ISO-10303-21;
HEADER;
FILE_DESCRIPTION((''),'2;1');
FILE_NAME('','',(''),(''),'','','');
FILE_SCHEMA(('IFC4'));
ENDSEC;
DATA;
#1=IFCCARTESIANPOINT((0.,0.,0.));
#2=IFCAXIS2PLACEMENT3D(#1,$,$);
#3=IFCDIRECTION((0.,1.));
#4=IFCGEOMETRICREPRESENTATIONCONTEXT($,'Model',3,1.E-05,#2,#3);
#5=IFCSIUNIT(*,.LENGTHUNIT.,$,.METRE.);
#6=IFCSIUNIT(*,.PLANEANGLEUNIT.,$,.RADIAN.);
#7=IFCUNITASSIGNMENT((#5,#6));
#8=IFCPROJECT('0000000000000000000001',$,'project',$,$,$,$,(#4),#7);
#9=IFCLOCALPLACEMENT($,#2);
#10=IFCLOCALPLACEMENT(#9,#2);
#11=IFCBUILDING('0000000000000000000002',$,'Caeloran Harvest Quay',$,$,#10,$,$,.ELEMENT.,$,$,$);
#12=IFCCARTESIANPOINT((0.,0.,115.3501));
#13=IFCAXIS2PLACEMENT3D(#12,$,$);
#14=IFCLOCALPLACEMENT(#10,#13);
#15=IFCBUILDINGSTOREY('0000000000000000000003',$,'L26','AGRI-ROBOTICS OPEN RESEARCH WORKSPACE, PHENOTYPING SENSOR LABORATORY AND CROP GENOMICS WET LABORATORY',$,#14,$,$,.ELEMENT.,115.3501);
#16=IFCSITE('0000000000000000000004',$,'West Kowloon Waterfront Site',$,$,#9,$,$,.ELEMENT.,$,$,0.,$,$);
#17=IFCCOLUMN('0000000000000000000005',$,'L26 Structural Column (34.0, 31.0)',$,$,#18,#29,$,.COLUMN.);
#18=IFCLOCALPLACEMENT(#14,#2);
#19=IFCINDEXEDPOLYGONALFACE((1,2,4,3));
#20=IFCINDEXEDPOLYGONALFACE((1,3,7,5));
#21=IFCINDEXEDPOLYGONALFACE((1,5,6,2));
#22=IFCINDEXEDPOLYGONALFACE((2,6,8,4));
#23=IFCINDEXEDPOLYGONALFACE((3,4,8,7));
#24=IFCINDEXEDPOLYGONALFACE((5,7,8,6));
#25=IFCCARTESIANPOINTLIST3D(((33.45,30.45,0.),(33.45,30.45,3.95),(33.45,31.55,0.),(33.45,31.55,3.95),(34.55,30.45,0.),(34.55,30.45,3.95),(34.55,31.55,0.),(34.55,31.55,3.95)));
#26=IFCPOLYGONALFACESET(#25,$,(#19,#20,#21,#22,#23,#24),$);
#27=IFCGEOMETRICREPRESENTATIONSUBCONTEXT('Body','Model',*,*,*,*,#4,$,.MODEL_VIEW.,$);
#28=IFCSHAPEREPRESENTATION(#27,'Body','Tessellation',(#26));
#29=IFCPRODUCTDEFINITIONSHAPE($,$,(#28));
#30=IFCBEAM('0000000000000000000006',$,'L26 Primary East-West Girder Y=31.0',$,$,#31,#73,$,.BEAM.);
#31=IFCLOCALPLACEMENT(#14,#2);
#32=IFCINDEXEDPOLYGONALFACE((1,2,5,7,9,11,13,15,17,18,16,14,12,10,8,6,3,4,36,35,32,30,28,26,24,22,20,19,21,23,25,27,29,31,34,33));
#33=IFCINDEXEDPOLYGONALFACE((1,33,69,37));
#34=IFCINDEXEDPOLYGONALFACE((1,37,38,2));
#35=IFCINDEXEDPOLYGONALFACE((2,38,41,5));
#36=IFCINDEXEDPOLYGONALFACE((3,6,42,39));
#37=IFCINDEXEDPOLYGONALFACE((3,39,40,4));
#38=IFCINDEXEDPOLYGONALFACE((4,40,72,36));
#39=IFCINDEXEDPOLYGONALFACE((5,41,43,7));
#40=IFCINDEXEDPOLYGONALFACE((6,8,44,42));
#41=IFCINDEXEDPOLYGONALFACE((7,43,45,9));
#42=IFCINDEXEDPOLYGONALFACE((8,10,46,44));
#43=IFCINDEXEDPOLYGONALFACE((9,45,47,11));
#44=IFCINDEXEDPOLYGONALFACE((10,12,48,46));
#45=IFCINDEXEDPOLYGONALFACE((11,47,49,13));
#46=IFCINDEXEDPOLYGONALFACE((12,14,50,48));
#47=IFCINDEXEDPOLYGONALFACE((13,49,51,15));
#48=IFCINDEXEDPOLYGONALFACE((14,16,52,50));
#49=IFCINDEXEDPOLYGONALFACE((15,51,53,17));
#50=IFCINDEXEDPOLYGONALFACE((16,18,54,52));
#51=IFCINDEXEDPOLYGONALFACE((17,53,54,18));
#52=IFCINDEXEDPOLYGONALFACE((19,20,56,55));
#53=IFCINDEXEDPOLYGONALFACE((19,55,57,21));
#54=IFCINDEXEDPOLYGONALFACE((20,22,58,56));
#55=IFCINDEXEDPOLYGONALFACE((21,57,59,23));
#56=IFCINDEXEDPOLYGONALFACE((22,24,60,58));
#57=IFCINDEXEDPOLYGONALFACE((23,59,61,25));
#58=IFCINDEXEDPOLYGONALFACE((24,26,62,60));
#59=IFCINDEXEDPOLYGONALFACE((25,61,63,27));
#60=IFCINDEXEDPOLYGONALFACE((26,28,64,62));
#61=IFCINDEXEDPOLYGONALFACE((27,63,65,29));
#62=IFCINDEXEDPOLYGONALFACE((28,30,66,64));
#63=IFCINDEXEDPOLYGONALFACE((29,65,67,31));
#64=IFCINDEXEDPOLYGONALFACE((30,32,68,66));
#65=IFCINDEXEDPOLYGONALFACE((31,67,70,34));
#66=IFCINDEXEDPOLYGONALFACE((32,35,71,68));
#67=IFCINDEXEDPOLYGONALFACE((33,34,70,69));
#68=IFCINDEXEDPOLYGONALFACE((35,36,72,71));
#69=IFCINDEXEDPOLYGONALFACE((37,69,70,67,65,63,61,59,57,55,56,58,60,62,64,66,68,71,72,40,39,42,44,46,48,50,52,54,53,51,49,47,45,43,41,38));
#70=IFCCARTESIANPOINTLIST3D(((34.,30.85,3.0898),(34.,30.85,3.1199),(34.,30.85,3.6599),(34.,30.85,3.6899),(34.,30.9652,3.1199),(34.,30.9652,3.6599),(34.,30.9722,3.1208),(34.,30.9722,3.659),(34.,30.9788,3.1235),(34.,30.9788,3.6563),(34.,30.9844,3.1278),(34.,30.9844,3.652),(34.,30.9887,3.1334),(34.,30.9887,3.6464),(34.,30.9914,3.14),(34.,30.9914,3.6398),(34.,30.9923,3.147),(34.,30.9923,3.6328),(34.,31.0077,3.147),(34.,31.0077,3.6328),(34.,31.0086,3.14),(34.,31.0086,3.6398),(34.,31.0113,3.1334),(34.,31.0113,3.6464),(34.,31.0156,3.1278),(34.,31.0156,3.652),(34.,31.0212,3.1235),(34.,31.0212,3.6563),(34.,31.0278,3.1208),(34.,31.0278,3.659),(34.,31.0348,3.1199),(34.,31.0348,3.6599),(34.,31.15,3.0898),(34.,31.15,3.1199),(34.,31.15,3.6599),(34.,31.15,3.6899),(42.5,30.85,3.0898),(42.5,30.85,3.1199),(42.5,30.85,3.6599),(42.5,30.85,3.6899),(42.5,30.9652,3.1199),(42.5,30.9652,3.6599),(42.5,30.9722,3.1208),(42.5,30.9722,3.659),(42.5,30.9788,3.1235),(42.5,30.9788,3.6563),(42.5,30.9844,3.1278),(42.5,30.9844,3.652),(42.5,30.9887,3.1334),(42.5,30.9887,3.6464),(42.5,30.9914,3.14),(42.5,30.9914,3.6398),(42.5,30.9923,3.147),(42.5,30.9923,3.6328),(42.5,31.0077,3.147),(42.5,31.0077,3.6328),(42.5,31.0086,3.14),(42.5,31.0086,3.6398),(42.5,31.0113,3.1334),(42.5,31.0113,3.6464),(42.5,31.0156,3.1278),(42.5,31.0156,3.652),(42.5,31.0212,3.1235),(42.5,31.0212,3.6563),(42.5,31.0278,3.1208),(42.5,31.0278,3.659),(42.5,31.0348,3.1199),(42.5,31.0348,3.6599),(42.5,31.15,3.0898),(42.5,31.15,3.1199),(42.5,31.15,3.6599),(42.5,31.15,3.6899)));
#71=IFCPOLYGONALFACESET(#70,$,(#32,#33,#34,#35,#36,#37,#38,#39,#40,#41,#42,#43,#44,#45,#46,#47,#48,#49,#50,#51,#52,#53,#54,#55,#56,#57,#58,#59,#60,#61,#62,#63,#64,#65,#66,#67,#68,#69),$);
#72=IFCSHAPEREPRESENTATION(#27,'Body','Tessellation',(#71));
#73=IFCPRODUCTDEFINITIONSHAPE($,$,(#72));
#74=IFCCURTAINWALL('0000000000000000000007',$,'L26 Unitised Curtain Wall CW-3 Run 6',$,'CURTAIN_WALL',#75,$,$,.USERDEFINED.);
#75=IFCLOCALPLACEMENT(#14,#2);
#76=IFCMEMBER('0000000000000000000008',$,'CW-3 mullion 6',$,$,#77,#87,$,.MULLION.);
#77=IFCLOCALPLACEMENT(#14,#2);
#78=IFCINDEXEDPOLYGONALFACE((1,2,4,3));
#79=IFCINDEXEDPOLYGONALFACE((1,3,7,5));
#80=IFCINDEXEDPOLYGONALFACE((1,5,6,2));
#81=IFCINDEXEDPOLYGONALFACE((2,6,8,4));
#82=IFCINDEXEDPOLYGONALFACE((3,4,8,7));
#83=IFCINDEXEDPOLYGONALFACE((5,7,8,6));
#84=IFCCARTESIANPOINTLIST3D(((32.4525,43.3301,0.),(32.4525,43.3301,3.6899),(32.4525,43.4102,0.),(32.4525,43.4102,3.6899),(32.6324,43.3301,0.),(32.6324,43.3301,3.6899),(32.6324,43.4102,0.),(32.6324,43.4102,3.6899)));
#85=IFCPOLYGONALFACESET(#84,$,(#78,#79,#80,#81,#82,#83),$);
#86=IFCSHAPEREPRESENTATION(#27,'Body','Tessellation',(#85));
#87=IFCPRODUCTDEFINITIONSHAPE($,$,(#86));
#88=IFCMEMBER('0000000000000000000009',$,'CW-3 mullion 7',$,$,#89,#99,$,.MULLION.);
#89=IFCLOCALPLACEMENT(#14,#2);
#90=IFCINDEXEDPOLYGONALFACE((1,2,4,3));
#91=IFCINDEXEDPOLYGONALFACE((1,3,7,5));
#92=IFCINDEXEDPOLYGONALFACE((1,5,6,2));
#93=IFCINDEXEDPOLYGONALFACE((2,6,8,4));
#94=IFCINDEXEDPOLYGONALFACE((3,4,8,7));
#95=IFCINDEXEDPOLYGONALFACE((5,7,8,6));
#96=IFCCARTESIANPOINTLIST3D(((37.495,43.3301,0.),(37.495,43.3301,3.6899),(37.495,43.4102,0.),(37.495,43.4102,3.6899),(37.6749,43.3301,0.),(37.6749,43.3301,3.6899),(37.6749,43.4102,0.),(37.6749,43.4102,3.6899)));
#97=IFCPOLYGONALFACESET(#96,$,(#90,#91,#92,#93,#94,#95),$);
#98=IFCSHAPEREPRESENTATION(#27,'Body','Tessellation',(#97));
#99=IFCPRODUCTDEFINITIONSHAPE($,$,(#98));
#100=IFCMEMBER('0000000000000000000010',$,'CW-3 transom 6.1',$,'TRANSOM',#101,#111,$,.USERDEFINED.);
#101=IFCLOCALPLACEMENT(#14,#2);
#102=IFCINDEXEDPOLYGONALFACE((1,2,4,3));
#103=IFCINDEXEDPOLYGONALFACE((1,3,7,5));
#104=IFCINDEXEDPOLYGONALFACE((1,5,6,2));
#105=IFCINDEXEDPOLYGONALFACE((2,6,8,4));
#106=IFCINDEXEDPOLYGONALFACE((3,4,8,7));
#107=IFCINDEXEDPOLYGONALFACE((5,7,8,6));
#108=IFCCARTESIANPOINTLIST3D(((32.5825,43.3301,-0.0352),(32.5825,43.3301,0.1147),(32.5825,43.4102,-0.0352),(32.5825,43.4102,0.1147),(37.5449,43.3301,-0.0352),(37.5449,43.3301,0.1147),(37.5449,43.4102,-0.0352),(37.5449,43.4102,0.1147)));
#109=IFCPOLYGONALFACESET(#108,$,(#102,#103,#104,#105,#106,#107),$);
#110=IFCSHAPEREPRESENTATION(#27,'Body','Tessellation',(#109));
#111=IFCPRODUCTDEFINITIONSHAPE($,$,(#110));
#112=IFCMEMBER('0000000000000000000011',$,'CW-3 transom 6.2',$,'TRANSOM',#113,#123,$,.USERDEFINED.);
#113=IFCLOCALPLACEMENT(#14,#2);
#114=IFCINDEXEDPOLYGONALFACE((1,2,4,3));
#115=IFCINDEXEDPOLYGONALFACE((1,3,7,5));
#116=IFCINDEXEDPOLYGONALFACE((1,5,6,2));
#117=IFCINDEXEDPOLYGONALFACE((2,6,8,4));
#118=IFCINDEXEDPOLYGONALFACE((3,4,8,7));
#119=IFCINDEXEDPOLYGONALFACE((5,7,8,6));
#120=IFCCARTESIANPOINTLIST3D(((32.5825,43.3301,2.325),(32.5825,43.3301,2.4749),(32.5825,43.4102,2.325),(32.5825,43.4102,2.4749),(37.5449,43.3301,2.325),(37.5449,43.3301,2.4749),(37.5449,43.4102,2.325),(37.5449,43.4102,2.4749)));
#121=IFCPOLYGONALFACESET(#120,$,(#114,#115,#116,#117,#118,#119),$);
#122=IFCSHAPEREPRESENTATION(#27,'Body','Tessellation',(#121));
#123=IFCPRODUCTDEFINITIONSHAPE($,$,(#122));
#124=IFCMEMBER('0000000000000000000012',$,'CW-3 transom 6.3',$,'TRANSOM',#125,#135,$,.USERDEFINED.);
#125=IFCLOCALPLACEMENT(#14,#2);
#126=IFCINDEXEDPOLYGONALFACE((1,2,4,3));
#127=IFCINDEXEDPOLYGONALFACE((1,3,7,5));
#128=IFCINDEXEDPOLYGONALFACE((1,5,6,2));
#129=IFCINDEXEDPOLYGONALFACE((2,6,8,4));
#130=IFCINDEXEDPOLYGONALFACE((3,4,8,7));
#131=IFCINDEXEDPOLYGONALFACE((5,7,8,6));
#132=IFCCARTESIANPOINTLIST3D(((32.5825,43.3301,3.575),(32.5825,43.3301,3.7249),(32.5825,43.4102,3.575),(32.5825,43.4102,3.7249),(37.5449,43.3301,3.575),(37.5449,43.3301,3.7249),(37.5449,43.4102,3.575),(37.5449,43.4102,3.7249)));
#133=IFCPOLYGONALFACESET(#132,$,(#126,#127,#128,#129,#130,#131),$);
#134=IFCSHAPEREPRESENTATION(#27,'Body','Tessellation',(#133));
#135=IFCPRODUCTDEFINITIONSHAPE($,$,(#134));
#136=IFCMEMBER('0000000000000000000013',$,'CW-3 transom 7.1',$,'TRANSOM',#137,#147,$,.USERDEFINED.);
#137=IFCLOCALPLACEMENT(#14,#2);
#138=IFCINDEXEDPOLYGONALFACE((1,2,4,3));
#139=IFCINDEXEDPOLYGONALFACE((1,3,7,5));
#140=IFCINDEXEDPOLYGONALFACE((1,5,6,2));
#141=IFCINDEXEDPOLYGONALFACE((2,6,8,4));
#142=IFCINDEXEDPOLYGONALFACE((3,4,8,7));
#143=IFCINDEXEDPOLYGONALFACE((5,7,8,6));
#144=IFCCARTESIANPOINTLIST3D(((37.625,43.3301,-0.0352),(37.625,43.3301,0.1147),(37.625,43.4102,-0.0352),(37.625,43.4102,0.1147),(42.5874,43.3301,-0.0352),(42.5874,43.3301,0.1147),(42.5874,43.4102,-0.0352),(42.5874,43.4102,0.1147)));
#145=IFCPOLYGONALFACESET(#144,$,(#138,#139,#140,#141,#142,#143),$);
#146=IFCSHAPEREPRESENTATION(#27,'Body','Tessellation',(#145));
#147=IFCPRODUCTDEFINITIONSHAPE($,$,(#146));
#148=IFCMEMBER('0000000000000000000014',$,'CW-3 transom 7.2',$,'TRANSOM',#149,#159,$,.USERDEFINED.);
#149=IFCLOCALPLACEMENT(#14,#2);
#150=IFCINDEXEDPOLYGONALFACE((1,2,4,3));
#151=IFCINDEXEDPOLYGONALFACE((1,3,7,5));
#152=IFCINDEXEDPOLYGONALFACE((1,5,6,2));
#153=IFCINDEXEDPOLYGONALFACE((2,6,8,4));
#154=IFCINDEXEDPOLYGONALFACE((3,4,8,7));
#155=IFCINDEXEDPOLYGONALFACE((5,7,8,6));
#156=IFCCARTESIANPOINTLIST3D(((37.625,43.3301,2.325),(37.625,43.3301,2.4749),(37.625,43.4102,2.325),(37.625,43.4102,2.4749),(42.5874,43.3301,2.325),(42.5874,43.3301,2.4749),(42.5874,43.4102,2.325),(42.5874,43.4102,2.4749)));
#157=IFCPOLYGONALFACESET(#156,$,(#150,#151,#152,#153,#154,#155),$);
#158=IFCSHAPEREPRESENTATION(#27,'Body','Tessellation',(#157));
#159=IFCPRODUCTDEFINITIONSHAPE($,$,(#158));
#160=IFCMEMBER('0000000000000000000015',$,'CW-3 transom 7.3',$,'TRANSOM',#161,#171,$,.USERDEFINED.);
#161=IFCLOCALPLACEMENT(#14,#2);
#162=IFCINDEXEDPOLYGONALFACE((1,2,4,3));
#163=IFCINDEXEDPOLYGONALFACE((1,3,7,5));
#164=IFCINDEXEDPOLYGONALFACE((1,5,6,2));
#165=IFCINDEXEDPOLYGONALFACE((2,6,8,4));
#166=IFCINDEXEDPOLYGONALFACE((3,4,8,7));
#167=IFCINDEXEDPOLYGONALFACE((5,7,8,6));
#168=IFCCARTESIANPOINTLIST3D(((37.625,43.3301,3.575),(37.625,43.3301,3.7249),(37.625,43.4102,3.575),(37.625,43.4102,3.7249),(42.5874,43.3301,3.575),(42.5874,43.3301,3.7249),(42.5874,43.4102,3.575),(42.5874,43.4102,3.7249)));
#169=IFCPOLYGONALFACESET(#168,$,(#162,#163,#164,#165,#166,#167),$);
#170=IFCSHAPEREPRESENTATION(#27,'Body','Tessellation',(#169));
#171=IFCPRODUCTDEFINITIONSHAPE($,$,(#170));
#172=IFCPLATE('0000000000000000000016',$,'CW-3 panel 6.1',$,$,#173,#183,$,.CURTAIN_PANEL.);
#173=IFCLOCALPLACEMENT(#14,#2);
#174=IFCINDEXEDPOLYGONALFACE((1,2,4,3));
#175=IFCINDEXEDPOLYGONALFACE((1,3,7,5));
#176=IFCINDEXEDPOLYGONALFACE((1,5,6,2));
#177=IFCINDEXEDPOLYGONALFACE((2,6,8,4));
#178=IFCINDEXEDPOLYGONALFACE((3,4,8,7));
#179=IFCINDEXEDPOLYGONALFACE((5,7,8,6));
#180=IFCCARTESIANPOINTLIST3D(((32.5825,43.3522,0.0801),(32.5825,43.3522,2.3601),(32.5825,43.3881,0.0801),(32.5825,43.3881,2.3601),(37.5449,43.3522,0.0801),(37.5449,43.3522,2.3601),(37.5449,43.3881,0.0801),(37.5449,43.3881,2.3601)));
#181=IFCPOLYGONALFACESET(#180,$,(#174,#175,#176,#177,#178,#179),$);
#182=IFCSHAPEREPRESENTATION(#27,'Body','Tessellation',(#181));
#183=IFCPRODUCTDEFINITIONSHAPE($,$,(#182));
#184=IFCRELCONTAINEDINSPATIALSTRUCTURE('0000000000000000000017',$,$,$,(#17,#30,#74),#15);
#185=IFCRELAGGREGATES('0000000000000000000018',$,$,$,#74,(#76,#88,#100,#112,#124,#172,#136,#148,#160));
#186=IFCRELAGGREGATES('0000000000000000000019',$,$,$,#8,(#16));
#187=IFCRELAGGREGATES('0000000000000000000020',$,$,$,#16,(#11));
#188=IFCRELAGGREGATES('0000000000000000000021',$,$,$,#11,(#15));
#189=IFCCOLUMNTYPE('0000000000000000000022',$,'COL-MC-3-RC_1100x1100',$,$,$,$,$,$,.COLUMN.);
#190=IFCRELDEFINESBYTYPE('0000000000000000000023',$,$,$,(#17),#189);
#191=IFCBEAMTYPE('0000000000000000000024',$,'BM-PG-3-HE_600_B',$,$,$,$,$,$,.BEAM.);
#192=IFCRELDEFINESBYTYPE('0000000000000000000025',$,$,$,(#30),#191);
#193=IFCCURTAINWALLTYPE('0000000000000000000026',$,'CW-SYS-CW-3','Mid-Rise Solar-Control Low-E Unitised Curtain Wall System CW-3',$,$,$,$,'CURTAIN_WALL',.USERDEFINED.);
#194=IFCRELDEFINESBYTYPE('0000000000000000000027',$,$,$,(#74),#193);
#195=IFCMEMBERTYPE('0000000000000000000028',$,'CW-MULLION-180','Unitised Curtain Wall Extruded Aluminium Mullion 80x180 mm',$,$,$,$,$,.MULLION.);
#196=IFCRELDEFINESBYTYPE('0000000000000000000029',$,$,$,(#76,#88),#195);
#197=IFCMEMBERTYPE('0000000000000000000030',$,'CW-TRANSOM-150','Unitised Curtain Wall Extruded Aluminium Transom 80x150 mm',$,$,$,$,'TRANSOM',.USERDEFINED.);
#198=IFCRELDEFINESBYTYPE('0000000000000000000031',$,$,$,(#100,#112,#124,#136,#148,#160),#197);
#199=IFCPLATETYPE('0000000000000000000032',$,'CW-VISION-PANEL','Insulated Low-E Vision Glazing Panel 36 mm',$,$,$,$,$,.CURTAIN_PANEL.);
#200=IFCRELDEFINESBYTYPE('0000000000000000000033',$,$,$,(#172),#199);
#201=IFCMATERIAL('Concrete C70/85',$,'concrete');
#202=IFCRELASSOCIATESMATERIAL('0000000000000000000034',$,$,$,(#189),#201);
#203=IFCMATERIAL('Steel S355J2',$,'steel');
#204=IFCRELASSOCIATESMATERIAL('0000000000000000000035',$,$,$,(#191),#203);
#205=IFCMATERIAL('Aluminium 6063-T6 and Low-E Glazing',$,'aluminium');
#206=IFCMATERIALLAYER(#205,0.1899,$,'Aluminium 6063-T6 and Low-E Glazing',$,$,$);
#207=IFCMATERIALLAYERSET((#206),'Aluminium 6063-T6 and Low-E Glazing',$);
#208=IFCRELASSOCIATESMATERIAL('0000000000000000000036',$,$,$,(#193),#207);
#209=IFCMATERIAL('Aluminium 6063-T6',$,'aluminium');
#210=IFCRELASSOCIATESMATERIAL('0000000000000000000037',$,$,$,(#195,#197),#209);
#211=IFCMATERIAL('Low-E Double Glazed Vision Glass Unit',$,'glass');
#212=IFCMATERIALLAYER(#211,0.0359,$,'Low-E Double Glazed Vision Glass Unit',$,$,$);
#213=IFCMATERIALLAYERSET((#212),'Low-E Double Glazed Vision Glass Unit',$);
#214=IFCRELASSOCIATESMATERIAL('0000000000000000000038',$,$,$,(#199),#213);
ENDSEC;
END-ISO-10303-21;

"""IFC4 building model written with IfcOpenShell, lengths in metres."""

from ifc_helpers import new_model, si_unit, direction, frame, origin, origin_2d, place, context, subcontext, project, spatial, rectangle, i_section, extrude, material, layer, layer_set, material_profile, profile_set, type_object, element, aggregate, save


model = new_model("IFC4")

# Units and contexts
model_context = context("Model", 3, precision=1e-05, world=origin(), true_north=direction((0.0, 1.0)))
body_context = subcontext(model_context, "Body", "Model", "MODEL_VIEW")
ifc_project = project(units=[si_unit("LENGTHUNIT", "METRE"), si_unit("PLANEANGLEUNIT", "RADIAN")], contexts=[model_context])

# Site, building, storey
site_placement = place(None, origin())
site = spatial("IfcSite", under=ifc_project, at=site_placement, Name="West Kowloon Waterfront Site", CompositionType="ELEMENT", RefElevation=0.0)
building_placement = place(site_placement, origin())
building = spatial("IfcBuilding", under=site, at=building_placement, Name="Caeloran Harvest Quay", CompositionType="ELEMENT")
storey_placement = place(building_placement, frame((0.0, 0.0, 115.3501)))
storey = spatial("IfcBuildingStorey", under=building, at=storey_placement, Name="L26", Description="AGRI-ROBOTICS OPEN RESEARCH WORKSPACE, PHENOTYPING SENSOR LABORATORY AND CROP GENOMICS WET LABORATORY", CompositionType="ELEMENT", Elevation=115.3501)

# Column
ifc_material_1 = material(Name="Concrete C70/85", Category="concrete")
ifc_material_profile_1 = material_profile(ifc_material_1, rectangle(XDim=1.1001, YDim=1.1001, at=origin_2d()), Name="RC 1100x1100")
ifc_profile_set_1 = profile_set([ifc_material_profile_1], Name="Concrete C70/85")
column_type = type_object("IfcColumnType", Name="COL-MC-3-RC_1100x1100", PredefinedType="COLUMN", material=ifc_profile_set_1)
column_placement = place(storey_placement, frame((34.0, 31.0, 0.0), z_axis=(0.0, 0.0, 1.0), x_axis=(1.0, 0.0, 0.0)))
element("IfcColumn", 1, at=column_placement, inside=storey, type_object=column_type, Name="L26 Structural Column (34.0, 31.0)", PredefinedType="COLUMN", context=body_context, shape_type="SweptSolid", body=[
    extrude(rectangle(XDim=1.1001, YDim=1.1001, at=origin_2d()), origin(), (0.0, 0.0, 1.0), 3.95),
])

# Beam
ifc_material_2 = material(Name="Steel S355J2", Category="steel")
ifc_material_profile_2 = material_profile(ifc_material_2, i_section(OverallWidth=0.3, OverallDepth=0.6001, WebThickness=0.0154, FlangeThickness=0.03, FilletRadius=0.0271, at=origin_2d()), Name="HE 600 B")
ifc_profile_set_2 = profile_set([ifc_material_profile_2], Name="Steel S355J2")
beam_type = type_object("IfcBeamType", Name="BM-PG-3-HE_600_B", PredefinedType="BEAM", material=ifc_profile_set_2)
beam_placement = place(storey_placement, frame((34.0, 31.0, 3.3899), z_axis=(1.0, 0.0, 0.0), x_axis=(0.0, 1.0, 0.0)))
element("IfcBeam", 2, at=beam_placement, inside=storey, type_object=beam_type, Name="L26 Primary East-West Girder Y=31.0", PredefinedType="BEAM", context=body_context, shape_type="SweptSolid", body=[
    extrude(i_section(OverallWidth=0.3, OverallDepth=0.6001, WebThickness=0.0154, FlangeThickness=0.03, FilletRadius=0.0271, at=origin_2d()), origin(), (0.0, 0.0, 1.0), 8.5),
])

# Curtain wall, members, plate
ifc_material_3 = material(Name="Aluminium 6063-T6 and Low-E Glazing", Category="aluminium")
ifc_layer_1 = layer(ifc_material_3, 0.1899, Name="Aluminium 6063-T6 and Low-E Glazing")
ifc_layer_set_1 = layer_set([ifc_layer_1], Name="Aluminium 6063-T6 and Low-E Glazing")
curtain_wall_type = type_object("IfcCurtainWallType", Name="CW-SYS-CW-3", Description="Mid-Rise Solar-Control Low-E Unitised Curtain Wall System CW-3", ElementType="CURTAIN_WALL", PredefinedType="USERDEFINED", material=ifc_layer_set_1)
curtain_wall_placement = place(storey_placement, origin())
curtain_wall = element("IfcCurtainWall", 3, at=curtain_wall_placement, inside=storey, type_object=curtain_wall_type, Name="L26 Unitised Curtain Wall CW-3 Run 6", ObjectType="CURTAIN_WALL", PredefinedType="USERDEFINED")
ifc_material_4 = material(Name="Aluminium 6063-T6", Category="aluminium")
ifc_material_profile_3 = material_profile(ifc_material_4, rectangle(XDim=0.0801, YDim=0.1799, at=origin_2d()), Name="CW-MULLION-180")
ifc_profile_set_3 = profile_set([ifc_material_profile_3], Name="Aluminium 6063-T6")
member_type_1 = type_object("IfcMemberType", Name="CW-MULLION-180", Description="Unitised Curtain Wall Extruded Aluminium Mullion 80x180 mm", PredefinedType="MULLION", material=ifc_profile_set_3)
member_1_placement = place(storey_placement, frame((32.5425, 43.3701, 0.0), z_axis=(0.0, 0.0, 1.0), x_axis=(0.0, 1.0, 0.0)))
member_1 = element("IfcMember", 4, at=member_1_placement, type_object=member_type_1, Name="CW-3 mullion 6", PredefinedType="MULLION", context=body_context, shape_type="SweptSolid", body=[
    extrude(rectangle(XDim=0.0801, YDim=0.1799, at=origin_2d()), origin(), (0.0, 0.0, 1.0), 3.6899),
])
member_2_placement = place(storey_placement, frame((37.585, 43.3701, 0.0), z_axis=(0.0, 0.0, 1.0), x_axis=(0.0, 1.0, 0.0)))
member_2 = element("IfcMember", 5, at=member_2_placement, type_object=member_type_1, Name="CW-3 mullion 7", PredefinedType="MULLION", context=body_context, shape_type="SweptSolid", body=[
    extrude(rectangle(XDim=0.0801, YDim=0.1799, at=origin_2d()), origin(), (0.0, 0.0, 1.0), 3.6899),
])
ifc_material_profile_4 = material_profile(ifc_material_4, rectangle(XDim=0.0801, YDim=0.1499, at=origin_2d()), Name="CW-TRANSOM-150")
ifc_profile_set_4 = profile_set([ifc_material_profile_4], Name="Aluminium 6063-T6")
member_type_2 = type_object("IfcMemberType", Name="CW-TRANSOM-150", Description="Unitised Curtain Wall Extruded Aluminium Transom 80x150 mm", ElementType="TRANSOM", PredefinedType="USERDEFINED", material=ifc_profile_set_4)
member_3_placement = place(storey_placement, frame((32.5825, 43.3701, 0.0398), z_axis=(1.0, 0.0, 0.0), x_axis=(0.0, 1.0, 0.0)))
member_3 = element("IfcMember", 6, at=member_3_placement, type_object=member_type_2, Name="CW-3 transom 6.1", ObjectType="TRANSOM", PredefinedType="USERDEFINED", context=body_context, shape_type="SweptSolid", body=[
    extrude(rectangle(XDim=0.0801, YDim=0.1499, at=origin_2d()), origin(), (0.0, 0.0, 1.0), 4.9624),
])
member_4_placement = place(storey_placement, frame((32.5825, 43.3701, 2.3999), z_axis=(1.0, 0.0, 0.0), x_axis=(0.0, 1.0, 0.0)))
member_4 = element("IfcMember", 7, at=member_4_placement, type_object=member_type_2, Name="CW-3 transom 6.2", ObjectType="TRANSOM", PredefinedType="USERDEFINED", context=body_context, shape_type="SweptSolid", body=[
    extrude(rectangle(XDim=0.0801, YDim=0.1499, at=origin_2d()), origin(), (0.0, 0.0, 1.0), 4.9624),
])
member_5_placement = place(storey_placement, frame((32.5825, 43.3701, 3.6499), z_axis=(1.0, 0.0, 0.0), x_axis=(0.0, 1.0, 0.0)))
member_5 = element("IfcMember", 8, at=member_5_placement, type_object=member_type_2, Name="CW-3 transom 6.3", ObjectType="TRANSOM", PredefinedType="USERDEFINED", context=body_context, shape_type="SweptSolid", body=[
    extrude(rectangle(XDim=0.0801, YDim=0.1499, at=origin_2d()), origin(), (0.0, 0.0, 1.0), 4.9624),
])
member_6_placement = place(storey_placement, frame((37.625, 43.3701, 0.0398), z_axis=(1.0, 0.0, 0.0), x_axis=(0.0, 1.0, 0.0)))
member_6 = element("IfcMember", 9, at=member_6_placement, type_object=member_type_2, Name="CW-3 transom 7.1", ObjectType="TRANSOM", PredefinedType="USERDEFINED", context=body_context, shape_type="SweptSolid", body=[
    extrude(rectangle(XDim=0.0801, YDim=0.1499, at=origin_2d()), origin(), (0.0, 0.0, 1.0), 4.9624),
])
member_7_placement = place(storey_placement, frame((37.625, 43.3701, 2.3999), z_axis=(1.0, 0.0, 0.0), x_axis=(0.0, 1.0, 0.0)))
member_7 = element("IfcMember", 10, at=member_7_placement, type_object=member_type_2, Name="CW-3 transom 7.2", ObjectType="TRANSOM", PredefinedType="USERDEFINED", context=body_context, shape_type="SweptSolid", body=[
    extrude(rectangle(XDim=0.0801, YDim=0.1499, at=origin_2d()), origin(), (0.0, 0.0, 1.0), 4.9624),
])
member_8_placement = place(storey_placement, frame((37.625, 43.3701, 3.6499), z_axis=(1.0, 0.0, 0.0), x_axis=(0.0, 1.0, 0.0)))
member_8 = element("IfcMember", 11, at=member_8_placement, type_object=member_type_2, Name="CW-3 transom 7.3", ObjectType="TRANSOM", PredefinedType="USERDEFINED", context=body_context, shape_type="SweptSolid", body=[
    extrude(rectangle(XDim=0.0801, YDim=0.1499, at=origin_2d()), origin(), (0.0, 0.0, 1.0), 4.9624),
])
ifc_material_5 = material(Name="Low-E Double Glazed Vision Glass Unit", Category="glass")
ifc_layer_2 = layer(ifc_material_5, 0.0359, Name="Low-E Double Glazed Vision Glass Unit")
ifc_layer_set_2 = layer_set([ifc_layer_2], Name="Low-E Double Glazed Vision Glass Unit")
plate_type = type_object("IfcPlateType", Name="CW-VISION-PANEL", Description="Insulated Low-E Vision Glazing Panel 36 mm", PredefinedType="CURTAIN_PANEL", material=ifc_layer_set_2)
plate_1_placement = place(storey_placement, frame((35.0637, 43.3701, 0.0801), z_axis=(0.0, 0.0, 1.0), x_axis=(1.0, 0.0, 0.0)))
plate_1 = element("IfcPlate", 12, at=plate_1_placement, type_object=plate_type, Name="CW-3 panel 6.1", PredefinedType="CURTAIN_PANEL", context=body_context, shape_type="SweptSolid", body=[
    extrude(rectangle(XDim=4.9624, YDim=0.0359, at=origin_2d()), origin(), (0.0, 0.0, 1.0), 2.28),
])
aggregate(curtain_wall, [member_1, member_2, member_3, member_4, member_5, plate_1, member_6, member_7, member_8])

save(model, "model.ifc")
